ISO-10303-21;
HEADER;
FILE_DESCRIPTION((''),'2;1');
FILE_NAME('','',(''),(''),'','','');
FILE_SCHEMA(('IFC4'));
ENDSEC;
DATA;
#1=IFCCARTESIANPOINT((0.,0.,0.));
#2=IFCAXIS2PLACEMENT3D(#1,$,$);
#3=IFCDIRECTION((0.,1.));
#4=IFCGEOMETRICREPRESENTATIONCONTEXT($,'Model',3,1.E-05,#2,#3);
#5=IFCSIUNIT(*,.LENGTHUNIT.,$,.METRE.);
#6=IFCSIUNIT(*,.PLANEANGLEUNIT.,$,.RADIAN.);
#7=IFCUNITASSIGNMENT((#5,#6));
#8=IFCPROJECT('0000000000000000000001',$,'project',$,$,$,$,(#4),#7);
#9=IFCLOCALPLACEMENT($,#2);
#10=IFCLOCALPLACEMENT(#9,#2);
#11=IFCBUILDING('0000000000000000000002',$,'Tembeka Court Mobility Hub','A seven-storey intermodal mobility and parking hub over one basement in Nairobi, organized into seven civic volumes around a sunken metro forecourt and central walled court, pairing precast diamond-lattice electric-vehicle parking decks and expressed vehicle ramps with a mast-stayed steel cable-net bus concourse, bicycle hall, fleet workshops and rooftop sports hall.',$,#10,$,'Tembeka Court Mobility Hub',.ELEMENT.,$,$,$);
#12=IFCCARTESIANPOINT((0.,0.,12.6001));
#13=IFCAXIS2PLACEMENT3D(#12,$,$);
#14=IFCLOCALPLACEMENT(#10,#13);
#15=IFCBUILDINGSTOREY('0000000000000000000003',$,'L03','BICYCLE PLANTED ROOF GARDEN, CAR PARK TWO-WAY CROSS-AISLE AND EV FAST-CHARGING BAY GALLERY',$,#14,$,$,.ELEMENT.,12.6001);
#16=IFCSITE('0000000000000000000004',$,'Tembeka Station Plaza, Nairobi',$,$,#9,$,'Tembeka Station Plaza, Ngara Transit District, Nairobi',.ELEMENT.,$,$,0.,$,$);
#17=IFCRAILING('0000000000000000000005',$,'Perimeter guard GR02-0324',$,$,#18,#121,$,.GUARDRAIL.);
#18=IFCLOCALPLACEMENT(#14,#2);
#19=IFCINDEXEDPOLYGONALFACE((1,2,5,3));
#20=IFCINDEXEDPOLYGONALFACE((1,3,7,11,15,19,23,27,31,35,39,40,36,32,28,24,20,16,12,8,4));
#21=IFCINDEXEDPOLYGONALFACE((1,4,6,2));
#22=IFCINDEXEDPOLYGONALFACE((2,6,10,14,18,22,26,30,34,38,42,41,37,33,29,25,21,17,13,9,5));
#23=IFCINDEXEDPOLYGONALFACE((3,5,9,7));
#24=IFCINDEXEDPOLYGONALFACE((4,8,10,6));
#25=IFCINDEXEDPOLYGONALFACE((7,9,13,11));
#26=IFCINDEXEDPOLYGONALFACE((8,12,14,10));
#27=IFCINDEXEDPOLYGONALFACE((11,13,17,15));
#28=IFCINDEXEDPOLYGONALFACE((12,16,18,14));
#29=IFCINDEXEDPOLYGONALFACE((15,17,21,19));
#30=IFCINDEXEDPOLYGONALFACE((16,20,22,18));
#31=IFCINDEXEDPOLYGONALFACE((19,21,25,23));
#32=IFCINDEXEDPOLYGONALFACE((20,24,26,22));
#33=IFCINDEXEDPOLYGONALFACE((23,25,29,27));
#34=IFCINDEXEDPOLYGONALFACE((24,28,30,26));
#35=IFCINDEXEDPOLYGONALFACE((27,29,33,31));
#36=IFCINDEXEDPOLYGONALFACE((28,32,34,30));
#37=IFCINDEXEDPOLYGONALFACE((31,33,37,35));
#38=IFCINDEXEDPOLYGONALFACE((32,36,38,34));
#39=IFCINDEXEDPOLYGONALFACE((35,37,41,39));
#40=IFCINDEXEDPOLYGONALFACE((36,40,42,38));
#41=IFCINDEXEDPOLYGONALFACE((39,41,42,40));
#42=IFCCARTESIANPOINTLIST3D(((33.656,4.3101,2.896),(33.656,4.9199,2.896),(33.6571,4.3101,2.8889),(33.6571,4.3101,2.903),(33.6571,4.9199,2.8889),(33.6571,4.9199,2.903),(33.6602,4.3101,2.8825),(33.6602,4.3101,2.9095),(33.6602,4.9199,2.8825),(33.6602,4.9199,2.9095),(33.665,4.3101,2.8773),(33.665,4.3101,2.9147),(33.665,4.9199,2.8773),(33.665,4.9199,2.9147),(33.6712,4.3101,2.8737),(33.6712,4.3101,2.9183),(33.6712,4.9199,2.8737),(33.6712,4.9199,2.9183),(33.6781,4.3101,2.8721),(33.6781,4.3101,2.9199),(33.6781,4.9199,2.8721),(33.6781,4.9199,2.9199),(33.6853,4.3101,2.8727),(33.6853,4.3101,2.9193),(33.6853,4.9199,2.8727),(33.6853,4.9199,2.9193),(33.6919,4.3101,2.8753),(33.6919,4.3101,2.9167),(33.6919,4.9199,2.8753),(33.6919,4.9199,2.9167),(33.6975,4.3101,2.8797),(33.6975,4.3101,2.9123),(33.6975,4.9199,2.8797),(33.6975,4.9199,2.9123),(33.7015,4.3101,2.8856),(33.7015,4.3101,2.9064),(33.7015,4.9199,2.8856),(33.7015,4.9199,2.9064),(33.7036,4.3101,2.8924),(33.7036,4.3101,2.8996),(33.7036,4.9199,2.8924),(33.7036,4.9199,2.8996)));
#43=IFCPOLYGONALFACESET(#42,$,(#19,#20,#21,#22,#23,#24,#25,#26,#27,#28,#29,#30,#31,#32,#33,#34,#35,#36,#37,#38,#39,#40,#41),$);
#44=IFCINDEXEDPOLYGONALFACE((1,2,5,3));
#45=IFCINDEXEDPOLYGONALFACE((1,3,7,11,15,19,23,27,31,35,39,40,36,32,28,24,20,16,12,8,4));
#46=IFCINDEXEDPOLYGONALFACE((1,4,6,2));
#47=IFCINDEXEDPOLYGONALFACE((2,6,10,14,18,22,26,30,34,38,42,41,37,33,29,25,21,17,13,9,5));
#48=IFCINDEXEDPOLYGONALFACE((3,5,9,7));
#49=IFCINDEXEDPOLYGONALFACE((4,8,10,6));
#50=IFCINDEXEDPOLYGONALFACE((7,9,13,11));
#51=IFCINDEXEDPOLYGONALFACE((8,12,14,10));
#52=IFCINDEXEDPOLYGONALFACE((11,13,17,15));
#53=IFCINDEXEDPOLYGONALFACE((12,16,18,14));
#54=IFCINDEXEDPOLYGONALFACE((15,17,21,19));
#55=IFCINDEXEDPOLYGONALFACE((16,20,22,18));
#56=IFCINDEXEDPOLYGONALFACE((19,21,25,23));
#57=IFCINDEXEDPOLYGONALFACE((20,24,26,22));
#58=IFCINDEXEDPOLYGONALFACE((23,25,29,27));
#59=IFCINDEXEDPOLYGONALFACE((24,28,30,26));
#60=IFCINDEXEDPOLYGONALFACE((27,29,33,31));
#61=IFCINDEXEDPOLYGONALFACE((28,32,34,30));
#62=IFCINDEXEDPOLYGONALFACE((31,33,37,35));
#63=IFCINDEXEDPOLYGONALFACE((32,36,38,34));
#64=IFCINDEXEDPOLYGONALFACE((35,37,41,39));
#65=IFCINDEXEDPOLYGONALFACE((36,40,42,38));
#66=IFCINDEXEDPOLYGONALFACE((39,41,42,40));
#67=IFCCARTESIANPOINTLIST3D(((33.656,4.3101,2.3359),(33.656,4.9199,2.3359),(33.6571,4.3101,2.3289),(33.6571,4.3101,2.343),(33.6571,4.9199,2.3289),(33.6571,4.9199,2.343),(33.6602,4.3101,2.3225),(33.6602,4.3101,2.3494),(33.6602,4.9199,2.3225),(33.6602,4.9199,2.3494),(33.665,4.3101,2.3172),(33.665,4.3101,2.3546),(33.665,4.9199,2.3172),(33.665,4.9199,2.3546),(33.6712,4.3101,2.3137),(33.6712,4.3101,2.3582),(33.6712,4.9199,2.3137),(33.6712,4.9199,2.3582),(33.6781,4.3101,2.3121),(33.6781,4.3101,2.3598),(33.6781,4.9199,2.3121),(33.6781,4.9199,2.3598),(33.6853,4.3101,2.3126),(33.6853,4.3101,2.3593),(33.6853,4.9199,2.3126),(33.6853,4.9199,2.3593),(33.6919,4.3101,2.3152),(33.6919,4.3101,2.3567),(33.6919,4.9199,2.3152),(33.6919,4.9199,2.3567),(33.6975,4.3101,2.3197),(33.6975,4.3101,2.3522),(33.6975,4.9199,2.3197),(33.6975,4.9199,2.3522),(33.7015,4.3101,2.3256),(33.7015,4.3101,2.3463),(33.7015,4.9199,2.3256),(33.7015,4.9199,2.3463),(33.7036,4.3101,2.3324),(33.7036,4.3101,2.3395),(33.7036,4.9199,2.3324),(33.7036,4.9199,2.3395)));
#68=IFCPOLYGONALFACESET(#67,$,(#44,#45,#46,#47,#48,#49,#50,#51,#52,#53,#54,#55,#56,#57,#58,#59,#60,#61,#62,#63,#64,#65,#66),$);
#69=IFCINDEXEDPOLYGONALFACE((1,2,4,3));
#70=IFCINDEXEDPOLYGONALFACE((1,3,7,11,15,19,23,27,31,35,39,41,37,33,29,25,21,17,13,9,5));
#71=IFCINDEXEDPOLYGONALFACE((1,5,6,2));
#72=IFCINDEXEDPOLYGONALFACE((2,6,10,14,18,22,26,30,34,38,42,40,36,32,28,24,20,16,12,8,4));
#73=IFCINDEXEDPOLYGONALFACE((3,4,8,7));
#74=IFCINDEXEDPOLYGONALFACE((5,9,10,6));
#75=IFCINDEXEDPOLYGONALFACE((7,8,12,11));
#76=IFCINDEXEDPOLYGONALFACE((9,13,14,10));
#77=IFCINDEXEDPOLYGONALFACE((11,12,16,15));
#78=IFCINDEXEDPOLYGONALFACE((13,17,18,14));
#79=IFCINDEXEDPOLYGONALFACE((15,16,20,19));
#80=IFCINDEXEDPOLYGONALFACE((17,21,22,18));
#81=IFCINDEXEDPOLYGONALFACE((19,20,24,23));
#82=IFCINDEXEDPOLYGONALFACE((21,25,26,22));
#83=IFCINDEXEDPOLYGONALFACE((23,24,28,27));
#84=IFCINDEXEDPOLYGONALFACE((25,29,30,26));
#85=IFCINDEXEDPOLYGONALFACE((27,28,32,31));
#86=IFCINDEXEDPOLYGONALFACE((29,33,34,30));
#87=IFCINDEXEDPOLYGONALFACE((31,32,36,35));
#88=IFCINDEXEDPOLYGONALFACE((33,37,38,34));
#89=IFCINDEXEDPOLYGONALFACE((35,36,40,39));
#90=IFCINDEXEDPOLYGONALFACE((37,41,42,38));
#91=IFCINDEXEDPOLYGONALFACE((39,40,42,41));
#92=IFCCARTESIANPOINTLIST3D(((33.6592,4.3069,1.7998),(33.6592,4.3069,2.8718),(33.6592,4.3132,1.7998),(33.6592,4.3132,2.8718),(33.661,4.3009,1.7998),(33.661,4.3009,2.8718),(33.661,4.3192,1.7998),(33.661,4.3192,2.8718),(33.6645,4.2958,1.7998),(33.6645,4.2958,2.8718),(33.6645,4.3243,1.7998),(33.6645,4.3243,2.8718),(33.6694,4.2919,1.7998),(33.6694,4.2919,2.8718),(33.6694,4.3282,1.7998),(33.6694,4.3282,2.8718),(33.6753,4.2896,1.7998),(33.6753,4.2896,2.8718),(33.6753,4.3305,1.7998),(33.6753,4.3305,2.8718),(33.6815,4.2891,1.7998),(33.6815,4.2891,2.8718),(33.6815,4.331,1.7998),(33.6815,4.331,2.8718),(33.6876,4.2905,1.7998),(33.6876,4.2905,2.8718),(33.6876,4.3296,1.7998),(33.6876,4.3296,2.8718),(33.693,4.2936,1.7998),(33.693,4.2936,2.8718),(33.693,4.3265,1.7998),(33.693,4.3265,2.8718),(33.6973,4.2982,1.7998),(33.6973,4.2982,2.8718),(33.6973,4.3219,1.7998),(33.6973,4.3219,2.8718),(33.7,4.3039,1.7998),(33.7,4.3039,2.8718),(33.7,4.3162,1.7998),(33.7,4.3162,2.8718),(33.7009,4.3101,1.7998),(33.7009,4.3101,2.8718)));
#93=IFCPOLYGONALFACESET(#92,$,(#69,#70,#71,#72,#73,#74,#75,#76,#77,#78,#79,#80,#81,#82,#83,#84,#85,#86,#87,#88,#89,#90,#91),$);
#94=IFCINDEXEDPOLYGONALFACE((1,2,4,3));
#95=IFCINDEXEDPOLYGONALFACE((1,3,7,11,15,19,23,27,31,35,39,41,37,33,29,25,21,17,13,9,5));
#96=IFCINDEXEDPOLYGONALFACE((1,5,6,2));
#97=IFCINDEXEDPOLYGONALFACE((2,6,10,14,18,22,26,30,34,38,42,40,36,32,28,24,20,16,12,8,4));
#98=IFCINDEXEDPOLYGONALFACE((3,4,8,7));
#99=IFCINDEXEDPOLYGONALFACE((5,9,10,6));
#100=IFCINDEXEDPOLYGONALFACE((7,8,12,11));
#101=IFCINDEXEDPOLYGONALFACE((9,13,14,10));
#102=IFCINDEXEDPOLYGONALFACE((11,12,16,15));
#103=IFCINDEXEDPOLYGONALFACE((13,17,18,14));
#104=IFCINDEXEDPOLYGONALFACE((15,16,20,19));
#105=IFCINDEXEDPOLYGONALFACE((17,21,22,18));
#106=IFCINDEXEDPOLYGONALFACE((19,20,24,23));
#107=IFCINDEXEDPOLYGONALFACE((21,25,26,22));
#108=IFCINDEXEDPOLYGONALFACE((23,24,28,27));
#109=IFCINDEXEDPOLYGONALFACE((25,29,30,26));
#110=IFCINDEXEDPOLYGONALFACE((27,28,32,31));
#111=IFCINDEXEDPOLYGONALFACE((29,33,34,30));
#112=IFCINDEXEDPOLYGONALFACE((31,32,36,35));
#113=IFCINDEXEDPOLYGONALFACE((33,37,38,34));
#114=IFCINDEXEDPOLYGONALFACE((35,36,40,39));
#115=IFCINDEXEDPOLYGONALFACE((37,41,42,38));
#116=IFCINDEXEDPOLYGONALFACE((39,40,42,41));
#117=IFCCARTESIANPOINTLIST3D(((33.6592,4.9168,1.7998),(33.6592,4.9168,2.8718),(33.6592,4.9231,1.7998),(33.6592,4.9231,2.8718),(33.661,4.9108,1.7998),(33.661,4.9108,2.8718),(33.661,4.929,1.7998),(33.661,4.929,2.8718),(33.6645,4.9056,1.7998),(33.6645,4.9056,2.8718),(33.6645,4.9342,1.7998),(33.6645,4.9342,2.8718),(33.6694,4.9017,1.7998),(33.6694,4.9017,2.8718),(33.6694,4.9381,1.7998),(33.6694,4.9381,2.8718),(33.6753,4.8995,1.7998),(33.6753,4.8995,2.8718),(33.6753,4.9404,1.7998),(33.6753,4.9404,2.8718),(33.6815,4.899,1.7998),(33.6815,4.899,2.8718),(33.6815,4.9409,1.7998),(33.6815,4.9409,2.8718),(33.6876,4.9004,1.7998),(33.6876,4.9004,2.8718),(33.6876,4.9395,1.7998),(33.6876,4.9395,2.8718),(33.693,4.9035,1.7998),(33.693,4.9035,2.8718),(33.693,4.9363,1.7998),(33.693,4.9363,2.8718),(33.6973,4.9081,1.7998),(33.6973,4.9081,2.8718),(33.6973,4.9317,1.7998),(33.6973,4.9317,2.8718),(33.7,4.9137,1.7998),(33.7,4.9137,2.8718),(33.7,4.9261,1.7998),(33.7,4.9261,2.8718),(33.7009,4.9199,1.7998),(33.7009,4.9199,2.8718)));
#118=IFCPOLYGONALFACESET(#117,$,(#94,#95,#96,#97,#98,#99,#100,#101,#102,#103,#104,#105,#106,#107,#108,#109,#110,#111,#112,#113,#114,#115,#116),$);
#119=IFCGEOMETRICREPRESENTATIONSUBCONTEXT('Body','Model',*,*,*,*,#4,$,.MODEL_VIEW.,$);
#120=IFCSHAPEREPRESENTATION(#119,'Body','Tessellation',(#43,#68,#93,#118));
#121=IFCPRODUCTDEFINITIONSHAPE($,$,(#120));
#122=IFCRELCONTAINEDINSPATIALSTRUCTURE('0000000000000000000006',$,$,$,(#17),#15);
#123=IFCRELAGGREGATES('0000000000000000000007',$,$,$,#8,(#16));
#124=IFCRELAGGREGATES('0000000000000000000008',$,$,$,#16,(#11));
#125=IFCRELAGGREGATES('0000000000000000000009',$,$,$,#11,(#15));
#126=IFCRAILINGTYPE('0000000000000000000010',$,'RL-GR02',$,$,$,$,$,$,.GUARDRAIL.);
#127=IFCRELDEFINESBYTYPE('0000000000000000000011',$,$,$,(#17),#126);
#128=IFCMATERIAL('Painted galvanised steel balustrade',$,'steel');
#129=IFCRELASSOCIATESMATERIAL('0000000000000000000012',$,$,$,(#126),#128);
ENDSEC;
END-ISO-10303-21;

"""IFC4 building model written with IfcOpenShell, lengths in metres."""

from ifc_helpers import new_model, si_unit, direction, frame, origin, origin_2d, place, context, subcontext, project, spatial, circle, extrude, material, type_object, element, save


model = new_model("IFC4")

# Units and contexts
model_context = context("Model", 3, precision=1e-05, world=origin(), true_north=direction((0.0, 1.0)))
body_context = subcontext(model_context, "Body", "Model", "MODEL_VIEW")
ifc_project = project(units=[si_unit("LENGTHUNIT", "METRE"), si_unit("PLANEANGLEUNIT", "RADIAN")], contexts=[model_context])

# Site, building, storey
site_placement = place(None, origin())
site = spatial("IfcSite", under=ifc_project, at=site_placement, Name="Tembeka Station Plaza, Nairobi", LongName="Tembeka Station Plaza, Ngara Transit District, Nairobi", CompositionType="ELEMENT", RefElevation=0.0)
building_placement = place(site_placement, origin())
building = spatial("IfcBuilding", under=site, at=building_placement, Name="Tembeka Court Mobility Hub", Description="A seven-storey intermodal mobility and parking hub over one basement in Nairobi, organized into seven civic volumes around a sunken metro forecourt and central walled court, pairing precast diamond-lattice electric-vehicle parking decks and expressed vehicle ramps with a mast-stayed steel cable-net bus concourse, bicycle hall, fleet workshops and rooftop sports hall.", LongName="Tembeka Court Mobility Hub", CompositionType="ELEMENT")
storey_placement = place(building_placement, frame((0.0, 0.0, 12.6001)))
storey = spatial("IfcBuildingStorey", under=building, at=storey_placement, Name="L03", Description="BICYCLE PLANTED ROOF GARDEN, CAR PARK TWO-WAY CROSS-AISLE AND EV FAST-CHARGING BAY GALLERY", CompositionType="ELEMENT", Elevation=12.6001)

# Railing
ifc_material_1 = material(Name="Painted galvanised steel balustrade", Category="steel")
railing_type_1 = type_object("IfcRailingType", Name="RL-GR02", PredefinedType="GUARDRAIL", material=ifc_material_1)
railing_1_placement = place(storey_placement, frame((33.6799, 4.3101, 1.7998)))
element("IfcRailing", 1, at=railing_1_placement, inside=storey, type_object=railing_type_1, Name="Perimeter guard GR02-0324", PredefinedType="GUARDRAIL", context=body_context, shape_type="SweptSolid", body=[
    extrude(circle(Radius=0.0239, at=origin_2d()), frame((0.0, 0.0, 1.0962), z_axis=(0.0, 1.0, 0.0), x_axis=(-1.0, 0.0, 0.0)), (0.0, 0.0, 1.0), 0.6099),
    extrude(circle(Radius=0.0239, at=origin_2d()), frame((0.0, 0.0, 0.5361), z_axis=(0.0, 1.0, 0.0), x_axis=(-1.0, 0.0, 0.0)), (0.0, 0.0, 1.0), 0.6099),
    extrude(circle(Radius=0.021, at=origin_2d()), origin(), (0.0, 0.0, 1.0), 1.072),
    extrude(circle(Radius=0.021, at=origin_2d()), frame((0.0, 0.6099, 0.0)), (0.0, 0.0, 1.0), 1.072),
])

save(model, "model.ifc")
